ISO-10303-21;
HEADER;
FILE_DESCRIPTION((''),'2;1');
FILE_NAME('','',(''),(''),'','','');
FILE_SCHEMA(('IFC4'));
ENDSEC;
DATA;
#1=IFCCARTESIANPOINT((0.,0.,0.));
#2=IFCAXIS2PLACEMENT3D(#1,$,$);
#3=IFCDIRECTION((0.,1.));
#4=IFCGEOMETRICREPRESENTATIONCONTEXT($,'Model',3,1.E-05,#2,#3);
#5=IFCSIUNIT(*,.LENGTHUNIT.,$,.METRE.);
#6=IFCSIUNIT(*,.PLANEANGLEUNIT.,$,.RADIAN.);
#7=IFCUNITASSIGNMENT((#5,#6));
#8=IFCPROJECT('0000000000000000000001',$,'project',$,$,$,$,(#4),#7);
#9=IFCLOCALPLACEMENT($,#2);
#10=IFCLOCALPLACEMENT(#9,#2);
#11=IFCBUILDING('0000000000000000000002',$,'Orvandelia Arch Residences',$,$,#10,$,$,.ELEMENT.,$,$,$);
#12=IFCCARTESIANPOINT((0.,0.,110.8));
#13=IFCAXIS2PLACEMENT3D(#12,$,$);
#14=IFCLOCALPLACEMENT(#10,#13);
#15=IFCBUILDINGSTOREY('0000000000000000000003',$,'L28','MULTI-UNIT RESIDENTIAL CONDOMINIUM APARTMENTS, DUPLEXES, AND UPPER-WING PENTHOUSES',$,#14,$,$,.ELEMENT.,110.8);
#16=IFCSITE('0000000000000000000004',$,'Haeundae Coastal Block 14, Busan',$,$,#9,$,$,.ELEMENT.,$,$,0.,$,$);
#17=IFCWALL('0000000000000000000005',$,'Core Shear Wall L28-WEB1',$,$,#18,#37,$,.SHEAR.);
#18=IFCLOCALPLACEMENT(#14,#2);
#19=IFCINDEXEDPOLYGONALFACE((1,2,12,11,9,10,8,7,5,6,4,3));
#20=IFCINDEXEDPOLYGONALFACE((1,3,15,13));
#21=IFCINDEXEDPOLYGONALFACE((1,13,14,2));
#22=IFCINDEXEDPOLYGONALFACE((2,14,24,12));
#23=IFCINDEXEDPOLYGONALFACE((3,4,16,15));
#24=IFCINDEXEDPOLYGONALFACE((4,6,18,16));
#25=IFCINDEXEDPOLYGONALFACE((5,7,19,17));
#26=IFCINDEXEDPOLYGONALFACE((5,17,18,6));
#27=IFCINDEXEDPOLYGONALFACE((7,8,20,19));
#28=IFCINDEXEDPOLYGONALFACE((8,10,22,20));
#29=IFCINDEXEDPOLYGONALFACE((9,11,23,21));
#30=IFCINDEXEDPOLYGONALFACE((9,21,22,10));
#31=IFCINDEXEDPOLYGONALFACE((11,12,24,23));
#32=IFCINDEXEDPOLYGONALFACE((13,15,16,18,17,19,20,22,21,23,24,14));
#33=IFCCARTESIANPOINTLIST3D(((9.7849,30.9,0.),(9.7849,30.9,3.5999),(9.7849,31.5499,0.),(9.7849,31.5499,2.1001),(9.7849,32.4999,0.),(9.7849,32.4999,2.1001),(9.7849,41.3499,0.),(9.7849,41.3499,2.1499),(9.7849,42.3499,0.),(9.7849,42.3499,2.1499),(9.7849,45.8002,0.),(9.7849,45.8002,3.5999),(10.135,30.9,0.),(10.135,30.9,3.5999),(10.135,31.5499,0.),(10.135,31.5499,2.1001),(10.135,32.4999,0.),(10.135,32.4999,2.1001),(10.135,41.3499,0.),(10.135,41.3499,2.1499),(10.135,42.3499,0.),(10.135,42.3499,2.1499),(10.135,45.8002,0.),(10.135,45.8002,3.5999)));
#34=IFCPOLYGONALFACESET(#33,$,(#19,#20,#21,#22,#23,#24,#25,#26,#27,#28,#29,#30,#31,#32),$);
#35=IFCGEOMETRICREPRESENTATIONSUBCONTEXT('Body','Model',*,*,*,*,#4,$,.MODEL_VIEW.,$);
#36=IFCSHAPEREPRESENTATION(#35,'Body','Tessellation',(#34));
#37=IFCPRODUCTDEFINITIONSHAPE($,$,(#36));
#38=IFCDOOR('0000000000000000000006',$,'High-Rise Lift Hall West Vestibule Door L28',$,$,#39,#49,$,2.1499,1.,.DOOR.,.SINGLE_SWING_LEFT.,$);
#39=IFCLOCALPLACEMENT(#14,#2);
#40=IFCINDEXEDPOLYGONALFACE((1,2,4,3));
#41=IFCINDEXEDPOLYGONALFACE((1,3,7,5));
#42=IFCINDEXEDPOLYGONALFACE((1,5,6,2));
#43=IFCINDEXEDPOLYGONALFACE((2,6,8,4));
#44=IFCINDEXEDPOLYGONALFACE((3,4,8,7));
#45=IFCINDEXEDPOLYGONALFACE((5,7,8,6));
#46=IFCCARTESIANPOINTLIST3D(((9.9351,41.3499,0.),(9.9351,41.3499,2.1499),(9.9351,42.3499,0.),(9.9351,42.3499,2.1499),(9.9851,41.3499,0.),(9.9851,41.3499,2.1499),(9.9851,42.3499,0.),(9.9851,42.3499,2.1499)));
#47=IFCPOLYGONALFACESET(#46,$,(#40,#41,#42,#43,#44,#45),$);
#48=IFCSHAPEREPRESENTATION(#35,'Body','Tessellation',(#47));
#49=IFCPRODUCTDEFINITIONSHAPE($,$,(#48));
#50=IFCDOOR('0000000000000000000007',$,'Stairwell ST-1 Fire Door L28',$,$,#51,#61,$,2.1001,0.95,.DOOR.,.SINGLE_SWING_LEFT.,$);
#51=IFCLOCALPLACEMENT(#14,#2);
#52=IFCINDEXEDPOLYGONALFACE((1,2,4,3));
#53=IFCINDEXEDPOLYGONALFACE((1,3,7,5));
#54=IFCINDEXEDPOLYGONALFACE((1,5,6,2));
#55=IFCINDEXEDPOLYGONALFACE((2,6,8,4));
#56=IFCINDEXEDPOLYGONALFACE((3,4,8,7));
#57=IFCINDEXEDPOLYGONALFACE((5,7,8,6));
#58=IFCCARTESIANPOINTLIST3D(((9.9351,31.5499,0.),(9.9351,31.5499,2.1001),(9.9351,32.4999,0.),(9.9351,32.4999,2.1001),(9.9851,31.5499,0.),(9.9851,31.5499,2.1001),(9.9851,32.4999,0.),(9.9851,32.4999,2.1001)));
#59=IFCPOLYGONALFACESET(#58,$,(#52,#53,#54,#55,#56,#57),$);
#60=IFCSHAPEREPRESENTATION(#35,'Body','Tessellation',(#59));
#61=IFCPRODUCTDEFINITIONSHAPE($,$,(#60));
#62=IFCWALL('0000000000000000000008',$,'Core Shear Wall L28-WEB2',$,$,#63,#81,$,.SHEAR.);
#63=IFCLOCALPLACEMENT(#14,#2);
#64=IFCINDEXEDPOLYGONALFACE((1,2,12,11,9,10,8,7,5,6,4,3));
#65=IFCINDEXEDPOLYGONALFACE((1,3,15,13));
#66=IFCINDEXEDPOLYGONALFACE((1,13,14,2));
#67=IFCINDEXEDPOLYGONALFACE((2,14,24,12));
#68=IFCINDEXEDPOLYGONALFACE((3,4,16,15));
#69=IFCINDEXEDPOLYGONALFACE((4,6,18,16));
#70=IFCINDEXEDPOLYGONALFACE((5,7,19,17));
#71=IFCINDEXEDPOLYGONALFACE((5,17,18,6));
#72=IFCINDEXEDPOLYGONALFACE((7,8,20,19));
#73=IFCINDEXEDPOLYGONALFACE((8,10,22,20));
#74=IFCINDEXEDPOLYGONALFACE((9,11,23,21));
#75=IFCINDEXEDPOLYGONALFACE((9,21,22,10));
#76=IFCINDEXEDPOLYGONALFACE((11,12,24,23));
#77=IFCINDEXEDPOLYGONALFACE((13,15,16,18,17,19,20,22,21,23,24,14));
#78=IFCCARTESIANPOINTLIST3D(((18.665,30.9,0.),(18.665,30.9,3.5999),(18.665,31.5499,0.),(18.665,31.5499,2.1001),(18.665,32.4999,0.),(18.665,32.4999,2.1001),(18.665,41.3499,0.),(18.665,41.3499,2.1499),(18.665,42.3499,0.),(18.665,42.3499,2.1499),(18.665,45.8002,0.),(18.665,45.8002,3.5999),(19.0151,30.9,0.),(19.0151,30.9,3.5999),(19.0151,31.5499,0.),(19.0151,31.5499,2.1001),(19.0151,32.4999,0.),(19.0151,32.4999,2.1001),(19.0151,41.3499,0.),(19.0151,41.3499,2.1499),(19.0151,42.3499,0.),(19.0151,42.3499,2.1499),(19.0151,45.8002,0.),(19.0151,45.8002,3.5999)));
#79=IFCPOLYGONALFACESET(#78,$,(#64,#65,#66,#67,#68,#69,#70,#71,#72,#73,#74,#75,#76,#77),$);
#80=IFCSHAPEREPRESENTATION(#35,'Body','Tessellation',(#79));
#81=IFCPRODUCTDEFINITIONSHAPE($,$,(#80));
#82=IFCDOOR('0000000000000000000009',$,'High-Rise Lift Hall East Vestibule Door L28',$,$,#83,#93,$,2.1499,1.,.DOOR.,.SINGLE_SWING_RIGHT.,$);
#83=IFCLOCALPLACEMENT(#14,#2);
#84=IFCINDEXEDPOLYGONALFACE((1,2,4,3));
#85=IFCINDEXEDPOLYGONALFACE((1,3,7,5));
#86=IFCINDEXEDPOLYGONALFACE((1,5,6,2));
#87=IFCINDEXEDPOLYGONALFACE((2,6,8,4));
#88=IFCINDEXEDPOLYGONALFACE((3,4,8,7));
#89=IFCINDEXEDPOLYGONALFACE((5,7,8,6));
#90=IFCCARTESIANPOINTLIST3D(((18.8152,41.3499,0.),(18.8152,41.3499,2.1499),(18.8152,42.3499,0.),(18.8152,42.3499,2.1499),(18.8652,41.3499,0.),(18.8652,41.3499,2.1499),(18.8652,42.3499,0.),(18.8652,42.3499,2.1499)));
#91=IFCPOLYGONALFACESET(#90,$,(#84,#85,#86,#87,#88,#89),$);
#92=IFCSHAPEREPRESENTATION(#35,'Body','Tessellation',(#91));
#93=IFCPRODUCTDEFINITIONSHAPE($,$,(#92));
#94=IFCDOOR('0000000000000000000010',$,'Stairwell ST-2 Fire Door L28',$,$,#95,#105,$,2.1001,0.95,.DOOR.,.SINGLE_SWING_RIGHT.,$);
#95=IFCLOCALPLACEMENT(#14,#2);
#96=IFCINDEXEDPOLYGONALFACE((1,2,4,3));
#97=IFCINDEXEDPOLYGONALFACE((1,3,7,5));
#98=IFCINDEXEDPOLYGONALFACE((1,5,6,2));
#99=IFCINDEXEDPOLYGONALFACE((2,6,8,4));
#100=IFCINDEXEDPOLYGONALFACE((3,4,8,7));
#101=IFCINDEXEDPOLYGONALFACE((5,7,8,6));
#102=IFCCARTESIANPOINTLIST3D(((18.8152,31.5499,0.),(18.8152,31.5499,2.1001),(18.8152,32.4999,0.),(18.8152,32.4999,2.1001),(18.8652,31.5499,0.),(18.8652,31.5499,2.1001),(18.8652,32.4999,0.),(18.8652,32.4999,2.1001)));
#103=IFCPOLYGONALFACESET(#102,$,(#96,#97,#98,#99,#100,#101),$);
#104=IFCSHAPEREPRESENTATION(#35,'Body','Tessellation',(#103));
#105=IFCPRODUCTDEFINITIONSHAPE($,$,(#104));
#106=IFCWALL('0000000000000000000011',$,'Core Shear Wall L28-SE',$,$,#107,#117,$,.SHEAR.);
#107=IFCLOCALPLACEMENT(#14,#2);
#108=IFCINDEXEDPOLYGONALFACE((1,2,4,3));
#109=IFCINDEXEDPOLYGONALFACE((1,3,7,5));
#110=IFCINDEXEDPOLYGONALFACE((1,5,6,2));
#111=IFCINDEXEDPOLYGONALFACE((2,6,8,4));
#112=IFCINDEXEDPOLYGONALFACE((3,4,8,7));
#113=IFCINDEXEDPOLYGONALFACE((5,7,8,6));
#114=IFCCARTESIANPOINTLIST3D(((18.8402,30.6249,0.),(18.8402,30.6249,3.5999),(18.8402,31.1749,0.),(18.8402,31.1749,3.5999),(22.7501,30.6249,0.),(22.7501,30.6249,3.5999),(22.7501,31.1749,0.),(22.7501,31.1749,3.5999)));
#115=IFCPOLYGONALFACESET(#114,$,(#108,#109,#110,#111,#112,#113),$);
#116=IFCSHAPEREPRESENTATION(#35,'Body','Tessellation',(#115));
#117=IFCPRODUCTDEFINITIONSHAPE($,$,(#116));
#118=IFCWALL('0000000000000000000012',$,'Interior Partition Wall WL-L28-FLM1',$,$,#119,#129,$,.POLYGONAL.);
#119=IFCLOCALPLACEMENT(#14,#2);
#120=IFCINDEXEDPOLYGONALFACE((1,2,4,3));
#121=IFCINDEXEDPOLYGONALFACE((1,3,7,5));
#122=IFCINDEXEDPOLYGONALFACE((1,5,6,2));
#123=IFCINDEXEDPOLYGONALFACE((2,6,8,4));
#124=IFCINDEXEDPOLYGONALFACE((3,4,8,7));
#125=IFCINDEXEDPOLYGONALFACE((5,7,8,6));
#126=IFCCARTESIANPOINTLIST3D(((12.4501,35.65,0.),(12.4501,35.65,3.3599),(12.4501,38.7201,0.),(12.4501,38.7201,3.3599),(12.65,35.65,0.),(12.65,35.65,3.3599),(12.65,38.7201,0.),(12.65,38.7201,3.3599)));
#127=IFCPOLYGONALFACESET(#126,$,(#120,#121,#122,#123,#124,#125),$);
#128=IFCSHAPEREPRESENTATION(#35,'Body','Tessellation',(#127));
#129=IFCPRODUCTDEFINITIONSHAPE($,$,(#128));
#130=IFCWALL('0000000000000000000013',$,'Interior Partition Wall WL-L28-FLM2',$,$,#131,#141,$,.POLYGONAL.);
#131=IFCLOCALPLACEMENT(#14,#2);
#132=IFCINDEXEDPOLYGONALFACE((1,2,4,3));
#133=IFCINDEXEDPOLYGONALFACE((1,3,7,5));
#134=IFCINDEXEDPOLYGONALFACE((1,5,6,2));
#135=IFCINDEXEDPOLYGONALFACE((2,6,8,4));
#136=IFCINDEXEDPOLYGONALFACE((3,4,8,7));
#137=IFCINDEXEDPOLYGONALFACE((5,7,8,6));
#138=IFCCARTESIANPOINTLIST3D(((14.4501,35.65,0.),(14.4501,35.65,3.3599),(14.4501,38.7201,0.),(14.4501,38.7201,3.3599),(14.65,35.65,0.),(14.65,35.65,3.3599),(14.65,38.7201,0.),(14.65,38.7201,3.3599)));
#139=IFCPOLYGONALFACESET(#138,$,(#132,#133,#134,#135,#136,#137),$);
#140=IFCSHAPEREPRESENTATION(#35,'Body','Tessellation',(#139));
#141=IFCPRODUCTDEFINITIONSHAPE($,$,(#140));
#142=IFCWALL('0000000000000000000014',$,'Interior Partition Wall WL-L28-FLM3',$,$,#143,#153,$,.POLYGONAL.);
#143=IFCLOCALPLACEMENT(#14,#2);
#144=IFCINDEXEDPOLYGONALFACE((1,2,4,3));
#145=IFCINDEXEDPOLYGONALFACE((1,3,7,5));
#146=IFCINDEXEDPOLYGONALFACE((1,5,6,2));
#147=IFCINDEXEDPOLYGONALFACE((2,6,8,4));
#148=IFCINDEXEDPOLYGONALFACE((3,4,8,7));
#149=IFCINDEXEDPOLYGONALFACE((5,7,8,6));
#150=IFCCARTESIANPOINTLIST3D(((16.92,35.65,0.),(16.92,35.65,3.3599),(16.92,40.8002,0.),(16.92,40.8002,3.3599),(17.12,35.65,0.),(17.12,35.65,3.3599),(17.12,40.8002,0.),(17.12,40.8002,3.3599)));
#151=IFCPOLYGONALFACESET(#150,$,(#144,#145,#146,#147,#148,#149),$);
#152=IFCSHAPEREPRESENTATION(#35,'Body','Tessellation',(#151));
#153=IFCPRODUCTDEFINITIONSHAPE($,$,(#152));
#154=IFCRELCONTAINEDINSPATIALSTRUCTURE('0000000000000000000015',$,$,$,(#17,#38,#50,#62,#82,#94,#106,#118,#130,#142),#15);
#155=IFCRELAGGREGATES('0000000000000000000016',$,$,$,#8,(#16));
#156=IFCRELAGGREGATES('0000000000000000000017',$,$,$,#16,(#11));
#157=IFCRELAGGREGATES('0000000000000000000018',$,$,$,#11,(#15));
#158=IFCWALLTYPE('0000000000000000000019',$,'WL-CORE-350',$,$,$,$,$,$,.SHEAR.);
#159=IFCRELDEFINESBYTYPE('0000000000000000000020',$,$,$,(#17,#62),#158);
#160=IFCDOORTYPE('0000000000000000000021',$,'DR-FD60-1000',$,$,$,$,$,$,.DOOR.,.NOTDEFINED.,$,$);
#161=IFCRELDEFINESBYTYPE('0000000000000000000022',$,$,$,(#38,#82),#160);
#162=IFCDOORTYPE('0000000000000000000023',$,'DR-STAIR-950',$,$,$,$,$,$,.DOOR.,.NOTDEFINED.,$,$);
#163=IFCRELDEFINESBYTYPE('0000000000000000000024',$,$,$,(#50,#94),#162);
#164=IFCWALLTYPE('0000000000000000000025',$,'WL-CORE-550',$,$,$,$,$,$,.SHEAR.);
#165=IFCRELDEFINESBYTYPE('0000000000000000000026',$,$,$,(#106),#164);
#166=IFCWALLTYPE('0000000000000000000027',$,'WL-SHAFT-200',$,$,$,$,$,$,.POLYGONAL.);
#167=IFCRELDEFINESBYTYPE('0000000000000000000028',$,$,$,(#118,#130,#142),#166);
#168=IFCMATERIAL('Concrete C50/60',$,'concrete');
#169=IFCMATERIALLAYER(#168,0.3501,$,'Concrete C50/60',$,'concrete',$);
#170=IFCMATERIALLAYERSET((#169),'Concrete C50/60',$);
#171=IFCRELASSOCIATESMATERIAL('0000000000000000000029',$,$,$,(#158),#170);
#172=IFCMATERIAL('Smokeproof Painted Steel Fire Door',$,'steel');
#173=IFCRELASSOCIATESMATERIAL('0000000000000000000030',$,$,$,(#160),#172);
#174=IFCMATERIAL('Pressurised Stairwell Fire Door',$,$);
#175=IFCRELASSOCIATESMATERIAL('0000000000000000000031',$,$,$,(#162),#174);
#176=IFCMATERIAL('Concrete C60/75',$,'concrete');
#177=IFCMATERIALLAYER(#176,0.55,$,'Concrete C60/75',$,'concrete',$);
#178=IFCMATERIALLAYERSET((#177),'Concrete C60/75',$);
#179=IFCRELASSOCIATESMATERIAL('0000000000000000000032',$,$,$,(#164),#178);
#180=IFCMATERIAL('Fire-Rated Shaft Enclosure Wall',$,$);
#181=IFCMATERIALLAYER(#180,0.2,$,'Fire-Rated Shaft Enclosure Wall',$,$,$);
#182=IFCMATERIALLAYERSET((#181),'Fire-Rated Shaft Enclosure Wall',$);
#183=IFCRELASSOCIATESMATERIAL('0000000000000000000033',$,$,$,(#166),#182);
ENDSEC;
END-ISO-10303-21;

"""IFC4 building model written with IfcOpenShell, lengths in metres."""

from ifc_helpers import new_model, si_unit, direction, frame, frame_2d, origin, place, context, subcontext, project, spatial, rectangle, extrude, material, layer, layer_set, type_object, element, fill, save


model = new_model("IFC4")

# Units and contexts
model_context = context("Model", 3, precision=1e-05, world=origin(), true_north=direction((0.0, 1.0)))
body_context = subcontext(model_context, "Body", "Model", "MODEL_VIEW")
ifc_project = project(units=[si_unit("LENGTHUNIT", "METRE"), si_unit("PLANEANGLEUNIT", "RADIAN")], contexts=[model_context])

# Site, building, storey
site_placement = place(None, origin())
site = spatial("IfcSite", under=ifc_project, at=site_placement, Name="Haeundae Coastal Block 14, Busan", CompositionType="ELEMENT", RefElevation=0.0)
building_placement = place(site_placement, origin())
building = spatial("IfcBuilding", under=site, at=building_placement, Name="Orvandelia Arch Residences", CompositionType="ELEMENT")
storey_placement = place(building_placement, frame((0.0, 0.0, 110.8)))
storey = spatial("IfcBuildingStorey", under=building, at=storey_placement, Name="L28", Description="MULTI-UNIT RESIDENTIAL CONDOMINIUM APARTMENTS, DUPLEXES, AND UPPER-WING PENTHOUSES", CompositionType="ELEMENT", Elevation=110.8)

# Walls, openings, doors
ifc_material_1 = material(Name="Concrete C50/60", Category="concrete")
ifc_layer_1 = layer(ifc_material_1, 0.3501, Name="Concrete C50/60", Category="concrete")
ifc_layer_set_1 = layer_set([ifc_layer_1], Name="Concrete C50/60")
wall_type_1 = type_object("IfcWallType", Name="WL-CORE-350", PredefinedType="SHEAR", material=ifc_layer_set_1)
wall_1_placement = place(storey_placement, frame((9.96, 30.8999, 0.0), z_axis=(0.0, 0.0, 1.0), x_axis=(0.0, 1.0, 0.0)))
wall_1 = element("IfcWall", 1, at=wall_1_placement, inside=storey, type_object=wall_type_1, Name="Core Shear Wall L28-WEB1", PredefinedType="SHEAR", context=body_context, shape_type="SweptSolid", body=[
    extrude(rectangle(XDim=14.9001, YDim=0.3501, at=frame_2d((7.4502, 0.0))), origin(), (0.0, 0.0, 1.0), 3.5999),
])
opening_1_placement = place(wall_1_placement, frame((0.6499, 0.0, 0.0)))
opening_1 = element("IfcOpeningElement", 2, at=opening_1_placement, cuts=wall_1, PredefinedType="OPENING", context=body_context, shape_type="SweptSolid", body=[
    extrude(rectangle(XDim=0.95, YDim=2.1001, at=frame_2d((0.4751, 1.05))), frame((0.0, 0.1851, 0.0), z_axis=(0.0, -1.0, 0.0), x_axis=(1.0, 0.0, 0.0)), (0.0, 0.0, 1.0), 0.3701),
])
opening_2_placement = place(wall_1_placement, frame((10.45, 0.0, 0.0)))
opening_2 = element("IfcOpeningElement", 3, at=opening_2_placement, cuts=wall_1, PredefinedType="OPENING", context=body_context, shape_type="SweptSolid", body=[
    extrude(rectangle(XDim=1.0, YDim=2.1499, at=frame_2d((0.5, 1.075))), frame((0.0, 0.1851, 0.0), z_axis=(0.0, -1.0, 0.0), x_axis=(1.0, 0.0, 0.0)), (0.0, 0.0, 1.0), 0.3701),
])
ifc_material_2 = material(Name="Smokeproof Painted Steel Fire Door", Category="steel")
door_type_1 = type_object("IfcDoorType", Name="DR-FD60-1000", OperationType="NOTDEFINED", PredefinedType="DOOR", material=ifc_material_2)
door_1_placement = place(opening_2_placement, origin())
door_1 = element("IfcDoor", 4, at=door_1_placement, inside=storey, type_object=door_type_1, Name="High-Rise Lift Hall West Vestibule Door L28", OperationType="SINGLE_SWING_LEFT", OverallHeight=2.1499, OverallWidth=1.0, PredefinedType="DOOR", context=body_context, shape_type="SweptSolid", body=[
    extrude(rectangle(XDim=1.0, YDim=2.1499, at=frame_2d((0.5, 1.075))), frame((0.0, 0.0249, 0.0), z_axis=(0.0, -1.0, 0.0), x_axis=(1.0, 0.0, 0.0)), (0.0, 0.0, 1.0), 0.05),
])
fill(opening_2, door_1)
ifc_material_3 = material(Name="Pressurised Stairwell Fire Door")
door_type_2 = type_object("IfcDoorType", Name="DR-STAIR-950", OperationType="NOTDEFINED", PredefinedType="DOOR", material=ifc_material_3)
door_2_placement = place(opening_1_placement, origin())
door_2 = element("IfcDoor", 5, at=door_2_placement, inside=storey, type_object=door_type_2, Name="Stairwell ST-1 Fire Door L28", OperationType="SINGLE_SWING_LEFT", OverallHeight=2.1001, OverallWidth=0.95, PredefinedType="DOOR", context=body_context, shape_type="SweptSolid", body=[
    extrude(rectangle(XDim=0.95, YDim=2.1001, at=frame_2d((0.4751, 1.05))), frame((0.0, 0.0249, 0.0), z_axis=(0.0, -1.0, 0.0), x_axis=(1.0, 0.0, 0.0)), (0.0, 0.0, 1.0), 0.05),
])
fill(opening_1, door_2)
wall_2_placement = place(storey_placement, frame((18.8401, 30.8999, 0.0), z_axis=(0.0, 0.0, 1.0), x_axis=(0.0, 1.0, 0.0)))
wall_2 = element("IfcWall", 6, at=wall_2_placement, inside=storey, type_object=wall_type_1, Name="Core Shear Wall L28-WEB2", PredefinedType="SHEAR", context=body_context, shape_type="SweptSolid", body=[
    extrude(rectangle(XDim=14.9001, YDim=0.3501, at=frame_2d((7.4502, 0.0))), origin(), (0.0, 0.0, 1.0), 3.5999),
])
opening_3_placement = place(wall_2_placement, frame((0.6499, 0.0, 0.0)))
opening_3 = element("IfcOpeningElement", 7, at=opening_3_placement, cuts=wall_2, PredefinedType="OPENING", context=body_context, shape_type="SweptSolid", body=[
    extrude(rectangle(XDim=0.95, YDim=2.1001, at=frame_2d((0.4751, 1.05))), frame((0.0, 0.1851, 0.0), z_axis=(0.0, -1.0, 0.0), x_axis=(1.0, 0.0, 0.0)), (0.0, 0.0, 1.0), 0.3701),
])
opening_4_placement = place(wall_2_placement, frame((10.45, 0.0, 0.0)))
opening_4 = element("IfcOpeningElement", 8, at=opening_4_placement, cuts=wall_2, PredefinedType="OPENING", context=body_context, shape_type="SweptSolid", body=[
    extrude(rectangle(XDim=1.0, YDim=2.1499, at=frame_2d((0.5, 1.075))), frame((0.0, 0.1851, 0.0), z_axis=(0.0, -1.0, 0.0), x_axis=(1.0, 0.0, 0.0)), (0.0, 0.0, 1.0), 0.3701),
])
door_3_placement = place(opening_4_placement, origin())
door_3 = element("IfcDoor", 9, at=door_3_placement, inside=storey, type_object=door_type_1, Name="High-Rise Lift Hall East Vestibule Door L28", OperationType="SINGLE_SWING_RIGHT", OverallHeight=2.1499, OverallWidth=1.0, PredefinedType="DOOR", context=body_context, shape_type="SweptSolid", body=[
    extrude(rectangle(XDim=1.0, YDim=2.1499, at=frame_2d((0.5, 1.075))), frame((0.0, 0.0249, 0.0), z_axis=(0.0, -1.0, 0.0), x_axis=(1.0, 0.0, 0.0)), (0.0, 0.0, 1.0), 0.05),
])
fill(opening_4, door_3)
door_4_placement = place(opening_3_placement, origin())
door_4 = element("IfcDoor", 10, at=door_4_placement, inside=storey, type_object=door_type_2, Name="Stairwell ST-2 Fire Door L28", OperationType="SINGLE_SWING_RIGHT", OverallHeight=2.1001, OverallWidth=0.95, PredefinedType="DOOR", context=body_context, shape_type="SweptSolid", body=[
    extrude(rectangle(XDim=0.95, YDim=2.1001, at=frame_2d((0.4751, 1.05))), frame((0.0, 0.0249, 0.0), z_axis=(0.0, -1.0, 0.0), x_axis=(1.0, 0.0, 0.0)), (0.0, 0.0, 1.0), 0.05),
])
fill(opening_3, door_4)

# Shared definitions
ifc_material_4 = material(Name="Concrete C60/75", Category="concrete")
ifc_layer_2 = layer(ifc_material_4, 0.55, Name="Concrete C60/75", Category="concrete")
ifc_layer_set_2 = layer_set([ifc_layer_2], Name="Concrete C60/75")
wall_type_2 = type_object("IfcWallType", Name="WL-CORE-550", PredefinedType="SHEAR", material=ifc_layer_set_2)

# Walls
wall_3_placement = place(storey_placement, frame((18.8401, 30.8999, 0.0), z_axis=(0.0, 0.0, 1.0), x_axis=(1.0, 0.0, 0.0)))
element("IfcWall", 11, at=wall_3_placement, inside=storey, type_object=wall_type_2, Name="Core Shear Wall L28-SE", PredefinedType="SHEAR", context=body_context, shape_type="SweptSolid", body=[
    extrude(rectangle(XDim=3.9099, YDim=0.55, at=frame_2d((1.9551, 0.0))), origin(), (0.0, 0.0, 1.0), 3.5999),
])
ifc_material_5 = material(Name="Fire-Rated Shaft Enclosure Wall")
ifc_layer_3 = layer(ifc_material_5, 0.2, Name="Fire-Rated Shaft Enclosure Wall")
ifc_layer_set_3 = layer_set([ifc_layer_3], Name="Fire-Rated Shaft Enclosure Wall")
wall_type_3 = type_object("IfcWallType", Name="WL-SHAFT-200", PredefinedType="POLYGONAL", material=ifc_layer_set_3)
for number, where, z_axis, x_axis, name in (
    (12, (12.55, 35.6499, 0.0), (0.0, 0.0, 1.0), (0.0, 1.0, 0.0), "Interior Partition Wall WL-L28-FLM1"),
    (13, (14.55, 35.6499, 0.0), (0.0, 0.0, 1.0), (0.0, 1.0, 0.0), "Interior Partition Wall WL-L28-FLM2"),
):
    element("IfcWall", number, at=place(storey_placement, frame(where, z_axis=z_axis, x_axis=x_axis)), inside=storey, type_object=wall_type_3, Name=name, PredefinedType="POLYGONAL", context=body_context, shape_type="SweptSolid", body=[
        extrude(rectangle(XDim=3.0701, YDim=0.2, at=frame_2d((1.5352, 0.0))), origin(), (0.0, 0.0, 1.0), 3.3599),
    ])
wall_4_placement = place(storey_placement, frame((17.02, 35.6499, 0.0), z_axis=(0.0, 0.0, 1.0), x_axis=(0.0, 1.0, 0.0)))
element("IfcWall", 14, at=wall_4_placement, inside=storey, type_object=wall_type_3, Name="Interior Partition Wall WL-L28-FLM3", PredefinedType="POLYGONAL", context=body_context, shape_type="SweptSolid", body=[
    extrude(rectangle(XDim=5.1501, YDim=0.2, at=frame_2d((2.5752, 0.0))), origin(), (0.0, 0.0, 1.0), 3.3599),
])

save(model, "model.ifc")
